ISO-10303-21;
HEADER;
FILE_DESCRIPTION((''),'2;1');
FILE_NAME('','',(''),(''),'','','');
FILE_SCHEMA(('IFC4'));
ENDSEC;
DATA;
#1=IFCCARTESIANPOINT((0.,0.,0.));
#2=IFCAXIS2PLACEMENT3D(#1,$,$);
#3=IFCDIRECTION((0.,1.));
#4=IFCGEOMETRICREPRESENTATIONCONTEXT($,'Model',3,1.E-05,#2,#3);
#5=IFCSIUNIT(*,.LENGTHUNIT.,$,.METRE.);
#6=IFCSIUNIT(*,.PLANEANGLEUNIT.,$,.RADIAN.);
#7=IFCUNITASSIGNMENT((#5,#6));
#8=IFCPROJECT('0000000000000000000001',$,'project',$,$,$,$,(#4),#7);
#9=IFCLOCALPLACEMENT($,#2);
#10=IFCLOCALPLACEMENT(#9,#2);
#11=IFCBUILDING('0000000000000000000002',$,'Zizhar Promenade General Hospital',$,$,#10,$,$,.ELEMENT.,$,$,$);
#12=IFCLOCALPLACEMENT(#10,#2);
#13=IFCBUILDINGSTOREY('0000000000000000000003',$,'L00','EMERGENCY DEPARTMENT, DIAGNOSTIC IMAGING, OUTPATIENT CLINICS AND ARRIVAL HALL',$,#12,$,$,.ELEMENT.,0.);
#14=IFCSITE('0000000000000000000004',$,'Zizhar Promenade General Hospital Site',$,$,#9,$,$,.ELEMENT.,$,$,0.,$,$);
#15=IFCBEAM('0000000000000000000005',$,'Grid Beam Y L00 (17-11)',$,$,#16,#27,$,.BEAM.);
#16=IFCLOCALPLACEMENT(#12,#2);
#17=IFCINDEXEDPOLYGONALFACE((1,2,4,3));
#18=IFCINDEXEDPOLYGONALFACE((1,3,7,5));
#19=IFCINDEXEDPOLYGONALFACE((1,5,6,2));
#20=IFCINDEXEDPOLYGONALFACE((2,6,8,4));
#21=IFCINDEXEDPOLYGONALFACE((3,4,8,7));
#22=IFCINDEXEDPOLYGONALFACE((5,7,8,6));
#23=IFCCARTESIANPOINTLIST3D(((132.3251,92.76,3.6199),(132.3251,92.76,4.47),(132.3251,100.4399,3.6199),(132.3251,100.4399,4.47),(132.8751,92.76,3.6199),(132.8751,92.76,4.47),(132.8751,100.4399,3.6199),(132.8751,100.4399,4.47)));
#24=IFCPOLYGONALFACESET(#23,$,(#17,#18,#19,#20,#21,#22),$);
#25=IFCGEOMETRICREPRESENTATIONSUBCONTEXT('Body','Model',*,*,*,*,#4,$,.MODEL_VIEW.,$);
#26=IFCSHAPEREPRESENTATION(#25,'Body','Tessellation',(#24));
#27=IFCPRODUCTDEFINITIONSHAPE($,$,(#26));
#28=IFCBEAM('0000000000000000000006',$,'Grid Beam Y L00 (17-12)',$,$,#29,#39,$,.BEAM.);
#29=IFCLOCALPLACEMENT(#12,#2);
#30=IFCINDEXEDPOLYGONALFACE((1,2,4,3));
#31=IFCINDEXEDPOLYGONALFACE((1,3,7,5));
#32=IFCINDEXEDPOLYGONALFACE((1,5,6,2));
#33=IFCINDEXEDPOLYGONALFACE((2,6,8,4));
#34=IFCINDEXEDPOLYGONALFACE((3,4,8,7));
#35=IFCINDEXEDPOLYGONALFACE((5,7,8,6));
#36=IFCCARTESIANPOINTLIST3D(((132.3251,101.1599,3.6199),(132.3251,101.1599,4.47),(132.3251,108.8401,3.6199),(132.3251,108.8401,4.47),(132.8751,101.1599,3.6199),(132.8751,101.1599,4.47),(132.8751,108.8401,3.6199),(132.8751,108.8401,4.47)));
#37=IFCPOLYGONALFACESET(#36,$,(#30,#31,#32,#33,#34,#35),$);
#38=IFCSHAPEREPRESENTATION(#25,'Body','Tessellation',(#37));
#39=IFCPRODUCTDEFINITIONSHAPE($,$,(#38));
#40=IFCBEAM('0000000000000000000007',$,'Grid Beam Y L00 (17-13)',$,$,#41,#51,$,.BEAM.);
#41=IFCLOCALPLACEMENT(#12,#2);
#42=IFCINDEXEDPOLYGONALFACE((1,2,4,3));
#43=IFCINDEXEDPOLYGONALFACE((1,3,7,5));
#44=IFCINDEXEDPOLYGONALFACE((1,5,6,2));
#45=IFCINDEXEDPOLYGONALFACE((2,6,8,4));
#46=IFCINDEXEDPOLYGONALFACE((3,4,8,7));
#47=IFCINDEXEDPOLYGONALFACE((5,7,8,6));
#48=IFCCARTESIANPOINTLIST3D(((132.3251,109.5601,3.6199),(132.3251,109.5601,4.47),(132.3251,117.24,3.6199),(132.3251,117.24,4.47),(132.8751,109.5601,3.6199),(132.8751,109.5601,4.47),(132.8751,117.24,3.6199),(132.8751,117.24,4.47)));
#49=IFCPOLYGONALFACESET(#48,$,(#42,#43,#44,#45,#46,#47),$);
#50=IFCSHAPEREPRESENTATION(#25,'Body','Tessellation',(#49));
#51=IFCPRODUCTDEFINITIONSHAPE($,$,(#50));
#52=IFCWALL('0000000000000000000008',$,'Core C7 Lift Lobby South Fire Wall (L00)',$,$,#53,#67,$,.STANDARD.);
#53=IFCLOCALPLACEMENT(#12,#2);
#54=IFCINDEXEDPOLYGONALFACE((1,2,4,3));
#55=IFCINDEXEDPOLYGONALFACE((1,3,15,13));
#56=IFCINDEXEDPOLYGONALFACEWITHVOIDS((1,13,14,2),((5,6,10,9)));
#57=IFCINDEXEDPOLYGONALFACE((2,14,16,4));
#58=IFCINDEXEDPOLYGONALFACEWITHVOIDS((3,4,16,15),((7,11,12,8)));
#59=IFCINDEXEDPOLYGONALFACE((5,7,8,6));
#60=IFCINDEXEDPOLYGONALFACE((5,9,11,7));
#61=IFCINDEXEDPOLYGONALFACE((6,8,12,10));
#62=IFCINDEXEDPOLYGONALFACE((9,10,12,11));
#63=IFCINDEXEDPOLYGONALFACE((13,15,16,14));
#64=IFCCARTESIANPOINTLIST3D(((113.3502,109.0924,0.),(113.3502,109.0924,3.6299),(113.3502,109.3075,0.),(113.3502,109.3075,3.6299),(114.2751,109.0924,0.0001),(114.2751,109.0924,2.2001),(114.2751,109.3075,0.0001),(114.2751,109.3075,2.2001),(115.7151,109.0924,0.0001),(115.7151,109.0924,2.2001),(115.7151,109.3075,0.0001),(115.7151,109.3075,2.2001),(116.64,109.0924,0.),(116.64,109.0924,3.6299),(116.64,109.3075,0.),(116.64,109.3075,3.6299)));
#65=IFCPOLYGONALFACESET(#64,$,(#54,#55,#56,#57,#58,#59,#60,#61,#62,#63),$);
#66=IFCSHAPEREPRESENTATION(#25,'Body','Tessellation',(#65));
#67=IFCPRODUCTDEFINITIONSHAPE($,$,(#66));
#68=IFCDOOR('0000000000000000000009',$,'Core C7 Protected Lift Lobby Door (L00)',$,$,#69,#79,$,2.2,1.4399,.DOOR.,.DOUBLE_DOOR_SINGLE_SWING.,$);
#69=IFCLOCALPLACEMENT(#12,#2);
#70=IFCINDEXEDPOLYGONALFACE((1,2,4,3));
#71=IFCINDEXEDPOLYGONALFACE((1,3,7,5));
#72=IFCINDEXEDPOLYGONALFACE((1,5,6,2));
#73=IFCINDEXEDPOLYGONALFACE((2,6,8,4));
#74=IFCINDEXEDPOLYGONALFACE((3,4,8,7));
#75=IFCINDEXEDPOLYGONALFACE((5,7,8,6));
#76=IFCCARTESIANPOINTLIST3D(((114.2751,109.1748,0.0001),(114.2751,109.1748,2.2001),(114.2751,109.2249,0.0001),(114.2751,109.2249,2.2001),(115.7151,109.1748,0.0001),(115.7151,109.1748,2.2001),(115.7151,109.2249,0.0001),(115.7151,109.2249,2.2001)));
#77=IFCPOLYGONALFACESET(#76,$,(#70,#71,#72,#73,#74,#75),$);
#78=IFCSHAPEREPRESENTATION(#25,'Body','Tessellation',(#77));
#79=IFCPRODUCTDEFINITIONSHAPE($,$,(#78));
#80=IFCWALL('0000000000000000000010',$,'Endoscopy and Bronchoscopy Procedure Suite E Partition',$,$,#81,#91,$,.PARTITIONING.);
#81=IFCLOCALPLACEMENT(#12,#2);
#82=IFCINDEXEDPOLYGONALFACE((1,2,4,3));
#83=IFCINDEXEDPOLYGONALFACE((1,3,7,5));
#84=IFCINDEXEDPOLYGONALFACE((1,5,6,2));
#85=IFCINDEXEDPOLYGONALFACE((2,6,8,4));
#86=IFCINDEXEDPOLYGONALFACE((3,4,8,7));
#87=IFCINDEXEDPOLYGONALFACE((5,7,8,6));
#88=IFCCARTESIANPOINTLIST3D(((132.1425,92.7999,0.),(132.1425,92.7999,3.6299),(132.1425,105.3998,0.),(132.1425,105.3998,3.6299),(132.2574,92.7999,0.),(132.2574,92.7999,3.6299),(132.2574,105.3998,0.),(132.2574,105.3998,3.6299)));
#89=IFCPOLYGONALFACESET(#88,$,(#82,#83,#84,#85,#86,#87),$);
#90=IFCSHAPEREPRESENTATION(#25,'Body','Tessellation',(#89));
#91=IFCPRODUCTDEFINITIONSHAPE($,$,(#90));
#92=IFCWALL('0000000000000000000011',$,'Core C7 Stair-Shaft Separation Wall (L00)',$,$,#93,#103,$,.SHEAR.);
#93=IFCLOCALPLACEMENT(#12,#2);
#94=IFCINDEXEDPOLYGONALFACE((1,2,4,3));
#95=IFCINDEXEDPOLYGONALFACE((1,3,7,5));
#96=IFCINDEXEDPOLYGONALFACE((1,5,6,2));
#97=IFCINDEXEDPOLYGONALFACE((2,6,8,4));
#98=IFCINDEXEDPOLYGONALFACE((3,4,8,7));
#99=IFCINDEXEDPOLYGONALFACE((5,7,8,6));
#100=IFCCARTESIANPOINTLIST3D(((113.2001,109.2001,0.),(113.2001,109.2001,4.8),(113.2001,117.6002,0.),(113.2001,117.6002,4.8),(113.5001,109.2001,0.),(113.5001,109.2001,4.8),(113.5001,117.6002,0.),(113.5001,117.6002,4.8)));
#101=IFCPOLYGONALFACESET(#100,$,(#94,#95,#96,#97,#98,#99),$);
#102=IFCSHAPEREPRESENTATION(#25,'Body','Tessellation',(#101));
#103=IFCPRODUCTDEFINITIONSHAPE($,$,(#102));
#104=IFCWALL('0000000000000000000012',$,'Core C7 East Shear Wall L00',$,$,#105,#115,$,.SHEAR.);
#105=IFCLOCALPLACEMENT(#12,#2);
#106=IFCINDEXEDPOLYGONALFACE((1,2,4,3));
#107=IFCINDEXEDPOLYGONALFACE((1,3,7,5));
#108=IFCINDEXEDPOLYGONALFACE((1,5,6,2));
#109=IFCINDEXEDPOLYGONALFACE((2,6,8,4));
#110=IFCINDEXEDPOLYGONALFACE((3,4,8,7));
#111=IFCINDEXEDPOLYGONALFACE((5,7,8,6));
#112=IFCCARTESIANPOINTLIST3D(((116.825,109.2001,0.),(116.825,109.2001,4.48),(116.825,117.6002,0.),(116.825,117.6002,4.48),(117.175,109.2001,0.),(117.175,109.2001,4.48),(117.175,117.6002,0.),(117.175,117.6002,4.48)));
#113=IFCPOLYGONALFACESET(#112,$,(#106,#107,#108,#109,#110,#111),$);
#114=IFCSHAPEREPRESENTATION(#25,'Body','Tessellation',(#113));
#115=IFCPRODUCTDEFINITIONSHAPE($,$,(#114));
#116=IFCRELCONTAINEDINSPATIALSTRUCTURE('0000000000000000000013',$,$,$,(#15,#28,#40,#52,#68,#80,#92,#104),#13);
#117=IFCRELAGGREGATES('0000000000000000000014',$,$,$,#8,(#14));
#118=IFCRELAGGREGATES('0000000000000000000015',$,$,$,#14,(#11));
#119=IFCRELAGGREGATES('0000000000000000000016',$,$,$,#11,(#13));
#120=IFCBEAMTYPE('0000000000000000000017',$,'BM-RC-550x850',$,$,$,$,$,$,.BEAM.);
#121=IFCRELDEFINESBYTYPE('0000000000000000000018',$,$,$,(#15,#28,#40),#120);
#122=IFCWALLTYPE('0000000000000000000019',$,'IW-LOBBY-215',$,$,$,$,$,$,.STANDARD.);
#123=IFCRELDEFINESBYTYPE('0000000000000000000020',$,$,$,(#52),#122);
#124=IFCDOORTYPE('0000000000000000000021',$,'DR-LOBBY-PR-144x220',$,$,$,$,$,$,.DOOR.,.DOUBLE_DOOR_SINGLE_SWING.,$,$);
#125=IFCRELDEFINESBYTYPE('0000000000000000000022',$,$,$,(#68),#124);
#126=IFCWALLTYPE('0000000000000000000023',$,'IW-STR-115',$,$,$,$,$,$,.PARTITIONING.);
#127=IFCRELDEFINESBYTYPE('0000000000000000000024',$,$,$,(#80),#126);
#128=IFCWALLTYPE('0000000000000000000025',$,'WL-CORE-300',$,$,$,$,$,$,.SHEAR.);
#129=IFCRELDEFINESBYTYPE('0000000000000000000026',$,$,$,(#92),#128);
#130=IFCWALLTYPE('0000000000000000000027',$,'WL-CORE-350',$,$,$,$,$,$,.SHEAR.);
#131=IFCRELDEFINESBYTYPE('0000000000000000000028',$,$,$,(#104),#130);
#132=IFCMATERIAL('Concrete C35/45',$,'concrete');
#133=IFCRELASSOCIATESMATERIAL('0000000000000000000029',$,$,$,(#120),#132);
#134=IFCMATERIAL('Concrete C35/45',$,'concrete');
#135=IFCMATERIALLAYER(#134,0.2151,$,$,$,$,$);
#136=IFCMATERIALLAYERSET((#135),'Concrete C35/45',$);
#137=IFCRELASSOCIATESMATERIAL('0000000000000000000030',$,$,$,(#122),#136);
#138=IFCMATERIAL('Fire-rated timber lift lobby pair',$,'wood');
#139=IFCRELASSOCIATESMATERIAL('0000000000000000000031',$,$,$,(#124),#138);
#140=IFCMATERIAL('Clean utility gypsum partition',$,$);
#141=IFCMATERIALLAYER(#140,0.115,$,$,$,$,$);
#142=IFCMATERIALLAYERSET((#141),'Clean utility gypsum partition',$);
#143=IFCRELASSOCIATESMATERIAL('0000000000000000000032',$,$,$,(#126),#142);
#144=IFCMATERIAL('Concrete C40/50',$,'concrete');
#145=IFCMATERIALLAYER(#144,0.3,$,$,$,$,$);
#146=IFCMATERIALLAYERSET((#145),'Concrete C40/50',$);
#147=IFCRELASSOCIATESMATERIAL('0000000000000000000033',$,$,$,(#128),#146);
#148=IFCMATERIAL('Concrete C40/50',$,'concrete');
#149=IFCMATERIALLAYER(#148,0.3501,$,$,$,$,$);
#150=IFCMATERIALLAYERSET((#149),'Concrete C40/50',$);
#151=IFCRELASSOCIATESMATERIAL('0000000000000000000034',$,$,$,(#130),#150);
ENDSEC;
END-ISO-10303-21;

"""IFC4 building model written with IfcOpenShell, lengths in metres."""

from ifc_helpers import new_model, si_unit, direction, frame, frame_2d, origin, origin_2d, place, context, subcontext, project, spatial, rectangle, extrude, material, layer, layer_set, material_profile, profile_set, type_object, element, fill, save


model = new_model("IFC4")

# Units and contexts
model_context = context("Model", 3, precision=1e-05, world=origin(), true_north=direction((0.0, 1.0)))
body_context = subcontext(model_context, "Body", "Model", "MODEL_VIEW")
ifc_project = project(units=[si_unit("LENGTHUNIT", "METRE"), si_unit("PLANEANGLEUNIT", "RADIAN")], contexts=[model_context])

# Site, building, storey
site_placement = place(None, origin())
site = spatial("IfcSite", under=ifc_project, at=site_placement, Name="Zizhar Promenade General Hospital Site", CompositionType="ELEMENT", RefElevation=0.0)
building_placement = place(site_placement, origin())
building = spatial("IfcBuilding", under=site, at=building_placement, Name="Zizhar Promenade General Hospital", CompositionType="ELEMENT")
storey_placement = place(building_placement, origin())
storey = spatial("IfcBuildingStorey", under=building, at=storey_placement, Name="L00", Description="EMERGENCY DEPARTMENT, DIAGNOSTIC IMAGING, OUTPATIENT CLINICS AND ARRIVAL HALL", CompositionType="ELEMENT", Elevation=0.0)

# Beams
ifc_material_1 = material(Name="Concrete C35/45", Category="concrete")
ifc_material_profile_1 = material_profile(ifc_material_1, rectangle(XDim=0.55, YDim=0.8501, at=origin_2d()))
ifc_profile_set_1 = profile_set([ifc_material_profile_1], Name="Concrete C35/45")
beam_type_1 = type_object("IfcBeamType", Name="BM-RC-550x850", PredefinedType="BEAM", material=ifc_profile_set_1)
beam_1_placement = place(storey_placement, frame((132.6001, 92.76, 4.0449), z_axis=(0.0, 1.0, 0.0), x_axis=(-1.0, 0.0, 0.0)))
element("IfcBeam", 1, at=beam_1_placement, inside=storey, type_object=beam_type_1, Name="Grid Beam Y L00 (17-11)", PredefinedType="BEAM", context=body_context, shape_type="SweptSolid", body=[
    extrude(rectangle(XDim=0.55, YDim=0.8501, at=origin_2d()), origin(), (0.0, 0.0, 1.0), 7.6799),
])
beam_2_placement = place(storey_placement, frame((132.6001, 101.1599, 4.0449), z_axis=(0.0, 1.0, 0.0), x_axis=(-1.0, 0.0, 0.0)))
element("IfcBeam", 2, at=beam_2_placement, inside=storey, type_object=beam_type_1, Name="Grid Beam Y L00 (17-12)", PredefinedType="BEAM", context=body_context, shape_type="SweptSolid", body=[
    extrude(rectangle(XDim=0.55, YDim=0.8501, at=origin_2d()), origin(), (0.0, 0.0, 1.0), 7.6802),
])
beam_3_placement = place(storey_placement, frame((132.6001, 109.5601, 4.0449), z_axis=(0.0, 1.0, 0.0), x_axis=(-1.0, 0.0, 0.0)))
element("IfcBeam", 3, at=beam_3_placement, inside=storey, type_object=beam_type_1, Name="Grid Beam Y L00 (17-13)", PredefinedType="BEAM", context=body_context, shape_type="SweptSolid", body=[
    extrude(rectangle(XDim=0.55, YDim=0.8501, at=origin_2d()), origin(), (0.0, 0.0, 1.0), 7.6799),
])

# Wall, opening, door
ifc_material_2 = material(Name="Concrete C35/45", Category="concrete")
ifc_layer_1 = layer(ifc_material_2, 0.2151)
ifc_layer_set_1 = layer_set([ifc_layer_1], Name="Concrete C35/45")
wall_type_1 = type_object("IfcWallType", Name="IW-LOBBY-215", PredefinedType="STANDARD", material=ifc_layer_set_1)
wall_1_placement = place(storey_placement, frame((113.3501, 109.2, 0.0), z_axis=(0.0, 0.0, 1.0), x_axis=(1.0, 0.0, 0.0)))
wall_1 = element("IfcWall", 4, at=wall_1_placement, inside=storey, type_object=wall_type_1, Name="Core C7 Lift Lobby South Fire Wall (L00)", PredefinedType="STANDARD", context=body_context, shape_type="SweptSolid", body=[
    extrude(rectangle(XDim=3.2898, YDim=0.2151, at=frame_2d((1.645, 0.0))), origin(), (0.0, 0.0, 1.0), 3.6299),
])
opening_placement = place(wall_1_placement, frame((0.925, 0.0, 0.0)))
opening = element("IfcOpeningElement", 5, at=opening_placement, cuts=wall_1, PredefinedType="OPENING", context=body_context, shape_type="SweptSolid", body=[
    extrude(rectangle(XDim=1.4399, YDim=2.2, at=frame_2d((0.72, 1.1001))), frame((0.0, 0.1177, 0.0), z_axis=(0.0, -1.0, 0.0), x_axis=(1.0, 0.0, 0.0)), (0.0, 0.0, 1.0), 0.2351),
])
ifc_material_3 = material(Name="Fire-rated timber lift lobby pair", Category="wood")
door_type = type_object("IfcDoorType", Name="DR-LOBBY-PR-144x220", OperationType="DOUBLE_DOOR_SINGLE_SWING", PredefinedType="DOOR", material=ifc_material_3)
door_placement = place(opening_placement, origin())
door = element("IfcDoor", 6, at=door_placement, inside=storey, type_object=door_type, Name="Core C7 Protected Lift Lobby Door (L00)", OperationType="DOUBLE_DOOR_SINGLE_SWING", OverallHeight=2.2, OverallWidth=1.4399, PredefinedType="DOOR", context=body_context, shape_type="SweptSolid", body=[
    extrude(rectangle(XDim=1.4399, YDim=2.2, at=frame_2d((0.72, 1.1001))), frame((0.0, 0.0249, 0.0), z_axis=(0.0, -1.0, 0.0), x_axis=(1.0, 0.0, 0.0)), (0.0, 0.0, 1.0), 0.05),
])
fill(opening, door)

# Walls
ifc_material_4 = material(Name="Clean utility gypsum partition")
ifc_layer_2 = layer(ifc_material_4, 0.115)
ifc_layer_set_2 = layer_set([ifc_layer_2], Name="Clean utility gypsum partition")
wall_type_2 = type_object("IfcWallType", Name="IW-STR-115", PredefinedType="PARTITIONING", material=ifc_layer_set_2)
wall_2_placement = place(storey_placement, frame((132.2, 92.8, 0.0), z_axis=(0.0, 0.0, 1.0), x_axis=(0.0, 1.0, 0.0)))
element("IfcWall", 7, at=wall_2_placement, inside=storey, type_object=wall_type_2, Name="Endoscopy and Bronchoscopy Procedure Suite E Partition", PredefinedType="PARTITIONING", context=body_context, shape_type="SweptSolid", body=[
    extrude(rectangle(XDim=12.5999, YDim=0.115, at=frame_2d((6.2998, 0.0))), origin(), (0.0, 0.0, 1.0), 3.6299),
])
ifc_material_5 = material(Name="Concrete C40/50", Category="concrete")
ifc_layer_3 = layer(ifc_material_5, 0.3)
ifc_layer_set_3 = layer_set([ifc_layer_3], Name="Concrete C40/50")
wall_type_3 = type_object("IfcWallType", Name="WL-CORE-300", PredefinedType="SHEAR", material=ifc_layer_set_3)
wall_3_placement = place(storey_placement, frame((113.3501, 109.2, 0.0), z_axis=(0.0, 0.0, 1.0), x_axis=(0.0, 1.0, 0.0)))
element("IfcWall", 8, at=wall_3_placement, inside=storey, type_object=wall_type_3, Name="Core C7 Stair-Shaft Separation Wall (L00)", PredefinedType="SHEAR", context=body_context, shape_type="SweptSolid", body=[
    extrude(rectangle(XDim=8.4001, YDim=0.3, at=frame_2d((4.2002, 0.0))), origin(), (0.0, 0.0, 1.0), 4.8),
])
ifc_material_6 = material(Name="Concrete C40/50", Category="concrete")
ifc_layer_4 = layer(ifc_material_6, 0.3501)
ifc_layer_set_4 = layer_set([ifc_layer_4], Name="Concrete C40/50")
wall_type_4 = type_object("IfcWallType", Name="WL-CORE-350", PredefinedType="SHEAR", material=ifc_layer_set_4)
wall_4_placement = place(storey_placement, frame((117.0, 109.2, 0.0), z_axis=(0.0, 0.0, 1.0), x_axis=(0.0, 1.0, 0.0)))
element("IfcWall", 9, at=wall_4_placement, inside=storey, type_object=wall_type_4, Name="Core C7 East Shear Wall L00", PredefinedType="SHEAR", context=body_context, shape_type="SweptSolid", body=[
    extrude(rectangle(XDim=8.4001, YDim=0.3501, at=frame_2d((4.2002, 0.0))), origin(), (0.0, 0.0, 1.0), 4.48),
])

save(model, "model.ifc")
